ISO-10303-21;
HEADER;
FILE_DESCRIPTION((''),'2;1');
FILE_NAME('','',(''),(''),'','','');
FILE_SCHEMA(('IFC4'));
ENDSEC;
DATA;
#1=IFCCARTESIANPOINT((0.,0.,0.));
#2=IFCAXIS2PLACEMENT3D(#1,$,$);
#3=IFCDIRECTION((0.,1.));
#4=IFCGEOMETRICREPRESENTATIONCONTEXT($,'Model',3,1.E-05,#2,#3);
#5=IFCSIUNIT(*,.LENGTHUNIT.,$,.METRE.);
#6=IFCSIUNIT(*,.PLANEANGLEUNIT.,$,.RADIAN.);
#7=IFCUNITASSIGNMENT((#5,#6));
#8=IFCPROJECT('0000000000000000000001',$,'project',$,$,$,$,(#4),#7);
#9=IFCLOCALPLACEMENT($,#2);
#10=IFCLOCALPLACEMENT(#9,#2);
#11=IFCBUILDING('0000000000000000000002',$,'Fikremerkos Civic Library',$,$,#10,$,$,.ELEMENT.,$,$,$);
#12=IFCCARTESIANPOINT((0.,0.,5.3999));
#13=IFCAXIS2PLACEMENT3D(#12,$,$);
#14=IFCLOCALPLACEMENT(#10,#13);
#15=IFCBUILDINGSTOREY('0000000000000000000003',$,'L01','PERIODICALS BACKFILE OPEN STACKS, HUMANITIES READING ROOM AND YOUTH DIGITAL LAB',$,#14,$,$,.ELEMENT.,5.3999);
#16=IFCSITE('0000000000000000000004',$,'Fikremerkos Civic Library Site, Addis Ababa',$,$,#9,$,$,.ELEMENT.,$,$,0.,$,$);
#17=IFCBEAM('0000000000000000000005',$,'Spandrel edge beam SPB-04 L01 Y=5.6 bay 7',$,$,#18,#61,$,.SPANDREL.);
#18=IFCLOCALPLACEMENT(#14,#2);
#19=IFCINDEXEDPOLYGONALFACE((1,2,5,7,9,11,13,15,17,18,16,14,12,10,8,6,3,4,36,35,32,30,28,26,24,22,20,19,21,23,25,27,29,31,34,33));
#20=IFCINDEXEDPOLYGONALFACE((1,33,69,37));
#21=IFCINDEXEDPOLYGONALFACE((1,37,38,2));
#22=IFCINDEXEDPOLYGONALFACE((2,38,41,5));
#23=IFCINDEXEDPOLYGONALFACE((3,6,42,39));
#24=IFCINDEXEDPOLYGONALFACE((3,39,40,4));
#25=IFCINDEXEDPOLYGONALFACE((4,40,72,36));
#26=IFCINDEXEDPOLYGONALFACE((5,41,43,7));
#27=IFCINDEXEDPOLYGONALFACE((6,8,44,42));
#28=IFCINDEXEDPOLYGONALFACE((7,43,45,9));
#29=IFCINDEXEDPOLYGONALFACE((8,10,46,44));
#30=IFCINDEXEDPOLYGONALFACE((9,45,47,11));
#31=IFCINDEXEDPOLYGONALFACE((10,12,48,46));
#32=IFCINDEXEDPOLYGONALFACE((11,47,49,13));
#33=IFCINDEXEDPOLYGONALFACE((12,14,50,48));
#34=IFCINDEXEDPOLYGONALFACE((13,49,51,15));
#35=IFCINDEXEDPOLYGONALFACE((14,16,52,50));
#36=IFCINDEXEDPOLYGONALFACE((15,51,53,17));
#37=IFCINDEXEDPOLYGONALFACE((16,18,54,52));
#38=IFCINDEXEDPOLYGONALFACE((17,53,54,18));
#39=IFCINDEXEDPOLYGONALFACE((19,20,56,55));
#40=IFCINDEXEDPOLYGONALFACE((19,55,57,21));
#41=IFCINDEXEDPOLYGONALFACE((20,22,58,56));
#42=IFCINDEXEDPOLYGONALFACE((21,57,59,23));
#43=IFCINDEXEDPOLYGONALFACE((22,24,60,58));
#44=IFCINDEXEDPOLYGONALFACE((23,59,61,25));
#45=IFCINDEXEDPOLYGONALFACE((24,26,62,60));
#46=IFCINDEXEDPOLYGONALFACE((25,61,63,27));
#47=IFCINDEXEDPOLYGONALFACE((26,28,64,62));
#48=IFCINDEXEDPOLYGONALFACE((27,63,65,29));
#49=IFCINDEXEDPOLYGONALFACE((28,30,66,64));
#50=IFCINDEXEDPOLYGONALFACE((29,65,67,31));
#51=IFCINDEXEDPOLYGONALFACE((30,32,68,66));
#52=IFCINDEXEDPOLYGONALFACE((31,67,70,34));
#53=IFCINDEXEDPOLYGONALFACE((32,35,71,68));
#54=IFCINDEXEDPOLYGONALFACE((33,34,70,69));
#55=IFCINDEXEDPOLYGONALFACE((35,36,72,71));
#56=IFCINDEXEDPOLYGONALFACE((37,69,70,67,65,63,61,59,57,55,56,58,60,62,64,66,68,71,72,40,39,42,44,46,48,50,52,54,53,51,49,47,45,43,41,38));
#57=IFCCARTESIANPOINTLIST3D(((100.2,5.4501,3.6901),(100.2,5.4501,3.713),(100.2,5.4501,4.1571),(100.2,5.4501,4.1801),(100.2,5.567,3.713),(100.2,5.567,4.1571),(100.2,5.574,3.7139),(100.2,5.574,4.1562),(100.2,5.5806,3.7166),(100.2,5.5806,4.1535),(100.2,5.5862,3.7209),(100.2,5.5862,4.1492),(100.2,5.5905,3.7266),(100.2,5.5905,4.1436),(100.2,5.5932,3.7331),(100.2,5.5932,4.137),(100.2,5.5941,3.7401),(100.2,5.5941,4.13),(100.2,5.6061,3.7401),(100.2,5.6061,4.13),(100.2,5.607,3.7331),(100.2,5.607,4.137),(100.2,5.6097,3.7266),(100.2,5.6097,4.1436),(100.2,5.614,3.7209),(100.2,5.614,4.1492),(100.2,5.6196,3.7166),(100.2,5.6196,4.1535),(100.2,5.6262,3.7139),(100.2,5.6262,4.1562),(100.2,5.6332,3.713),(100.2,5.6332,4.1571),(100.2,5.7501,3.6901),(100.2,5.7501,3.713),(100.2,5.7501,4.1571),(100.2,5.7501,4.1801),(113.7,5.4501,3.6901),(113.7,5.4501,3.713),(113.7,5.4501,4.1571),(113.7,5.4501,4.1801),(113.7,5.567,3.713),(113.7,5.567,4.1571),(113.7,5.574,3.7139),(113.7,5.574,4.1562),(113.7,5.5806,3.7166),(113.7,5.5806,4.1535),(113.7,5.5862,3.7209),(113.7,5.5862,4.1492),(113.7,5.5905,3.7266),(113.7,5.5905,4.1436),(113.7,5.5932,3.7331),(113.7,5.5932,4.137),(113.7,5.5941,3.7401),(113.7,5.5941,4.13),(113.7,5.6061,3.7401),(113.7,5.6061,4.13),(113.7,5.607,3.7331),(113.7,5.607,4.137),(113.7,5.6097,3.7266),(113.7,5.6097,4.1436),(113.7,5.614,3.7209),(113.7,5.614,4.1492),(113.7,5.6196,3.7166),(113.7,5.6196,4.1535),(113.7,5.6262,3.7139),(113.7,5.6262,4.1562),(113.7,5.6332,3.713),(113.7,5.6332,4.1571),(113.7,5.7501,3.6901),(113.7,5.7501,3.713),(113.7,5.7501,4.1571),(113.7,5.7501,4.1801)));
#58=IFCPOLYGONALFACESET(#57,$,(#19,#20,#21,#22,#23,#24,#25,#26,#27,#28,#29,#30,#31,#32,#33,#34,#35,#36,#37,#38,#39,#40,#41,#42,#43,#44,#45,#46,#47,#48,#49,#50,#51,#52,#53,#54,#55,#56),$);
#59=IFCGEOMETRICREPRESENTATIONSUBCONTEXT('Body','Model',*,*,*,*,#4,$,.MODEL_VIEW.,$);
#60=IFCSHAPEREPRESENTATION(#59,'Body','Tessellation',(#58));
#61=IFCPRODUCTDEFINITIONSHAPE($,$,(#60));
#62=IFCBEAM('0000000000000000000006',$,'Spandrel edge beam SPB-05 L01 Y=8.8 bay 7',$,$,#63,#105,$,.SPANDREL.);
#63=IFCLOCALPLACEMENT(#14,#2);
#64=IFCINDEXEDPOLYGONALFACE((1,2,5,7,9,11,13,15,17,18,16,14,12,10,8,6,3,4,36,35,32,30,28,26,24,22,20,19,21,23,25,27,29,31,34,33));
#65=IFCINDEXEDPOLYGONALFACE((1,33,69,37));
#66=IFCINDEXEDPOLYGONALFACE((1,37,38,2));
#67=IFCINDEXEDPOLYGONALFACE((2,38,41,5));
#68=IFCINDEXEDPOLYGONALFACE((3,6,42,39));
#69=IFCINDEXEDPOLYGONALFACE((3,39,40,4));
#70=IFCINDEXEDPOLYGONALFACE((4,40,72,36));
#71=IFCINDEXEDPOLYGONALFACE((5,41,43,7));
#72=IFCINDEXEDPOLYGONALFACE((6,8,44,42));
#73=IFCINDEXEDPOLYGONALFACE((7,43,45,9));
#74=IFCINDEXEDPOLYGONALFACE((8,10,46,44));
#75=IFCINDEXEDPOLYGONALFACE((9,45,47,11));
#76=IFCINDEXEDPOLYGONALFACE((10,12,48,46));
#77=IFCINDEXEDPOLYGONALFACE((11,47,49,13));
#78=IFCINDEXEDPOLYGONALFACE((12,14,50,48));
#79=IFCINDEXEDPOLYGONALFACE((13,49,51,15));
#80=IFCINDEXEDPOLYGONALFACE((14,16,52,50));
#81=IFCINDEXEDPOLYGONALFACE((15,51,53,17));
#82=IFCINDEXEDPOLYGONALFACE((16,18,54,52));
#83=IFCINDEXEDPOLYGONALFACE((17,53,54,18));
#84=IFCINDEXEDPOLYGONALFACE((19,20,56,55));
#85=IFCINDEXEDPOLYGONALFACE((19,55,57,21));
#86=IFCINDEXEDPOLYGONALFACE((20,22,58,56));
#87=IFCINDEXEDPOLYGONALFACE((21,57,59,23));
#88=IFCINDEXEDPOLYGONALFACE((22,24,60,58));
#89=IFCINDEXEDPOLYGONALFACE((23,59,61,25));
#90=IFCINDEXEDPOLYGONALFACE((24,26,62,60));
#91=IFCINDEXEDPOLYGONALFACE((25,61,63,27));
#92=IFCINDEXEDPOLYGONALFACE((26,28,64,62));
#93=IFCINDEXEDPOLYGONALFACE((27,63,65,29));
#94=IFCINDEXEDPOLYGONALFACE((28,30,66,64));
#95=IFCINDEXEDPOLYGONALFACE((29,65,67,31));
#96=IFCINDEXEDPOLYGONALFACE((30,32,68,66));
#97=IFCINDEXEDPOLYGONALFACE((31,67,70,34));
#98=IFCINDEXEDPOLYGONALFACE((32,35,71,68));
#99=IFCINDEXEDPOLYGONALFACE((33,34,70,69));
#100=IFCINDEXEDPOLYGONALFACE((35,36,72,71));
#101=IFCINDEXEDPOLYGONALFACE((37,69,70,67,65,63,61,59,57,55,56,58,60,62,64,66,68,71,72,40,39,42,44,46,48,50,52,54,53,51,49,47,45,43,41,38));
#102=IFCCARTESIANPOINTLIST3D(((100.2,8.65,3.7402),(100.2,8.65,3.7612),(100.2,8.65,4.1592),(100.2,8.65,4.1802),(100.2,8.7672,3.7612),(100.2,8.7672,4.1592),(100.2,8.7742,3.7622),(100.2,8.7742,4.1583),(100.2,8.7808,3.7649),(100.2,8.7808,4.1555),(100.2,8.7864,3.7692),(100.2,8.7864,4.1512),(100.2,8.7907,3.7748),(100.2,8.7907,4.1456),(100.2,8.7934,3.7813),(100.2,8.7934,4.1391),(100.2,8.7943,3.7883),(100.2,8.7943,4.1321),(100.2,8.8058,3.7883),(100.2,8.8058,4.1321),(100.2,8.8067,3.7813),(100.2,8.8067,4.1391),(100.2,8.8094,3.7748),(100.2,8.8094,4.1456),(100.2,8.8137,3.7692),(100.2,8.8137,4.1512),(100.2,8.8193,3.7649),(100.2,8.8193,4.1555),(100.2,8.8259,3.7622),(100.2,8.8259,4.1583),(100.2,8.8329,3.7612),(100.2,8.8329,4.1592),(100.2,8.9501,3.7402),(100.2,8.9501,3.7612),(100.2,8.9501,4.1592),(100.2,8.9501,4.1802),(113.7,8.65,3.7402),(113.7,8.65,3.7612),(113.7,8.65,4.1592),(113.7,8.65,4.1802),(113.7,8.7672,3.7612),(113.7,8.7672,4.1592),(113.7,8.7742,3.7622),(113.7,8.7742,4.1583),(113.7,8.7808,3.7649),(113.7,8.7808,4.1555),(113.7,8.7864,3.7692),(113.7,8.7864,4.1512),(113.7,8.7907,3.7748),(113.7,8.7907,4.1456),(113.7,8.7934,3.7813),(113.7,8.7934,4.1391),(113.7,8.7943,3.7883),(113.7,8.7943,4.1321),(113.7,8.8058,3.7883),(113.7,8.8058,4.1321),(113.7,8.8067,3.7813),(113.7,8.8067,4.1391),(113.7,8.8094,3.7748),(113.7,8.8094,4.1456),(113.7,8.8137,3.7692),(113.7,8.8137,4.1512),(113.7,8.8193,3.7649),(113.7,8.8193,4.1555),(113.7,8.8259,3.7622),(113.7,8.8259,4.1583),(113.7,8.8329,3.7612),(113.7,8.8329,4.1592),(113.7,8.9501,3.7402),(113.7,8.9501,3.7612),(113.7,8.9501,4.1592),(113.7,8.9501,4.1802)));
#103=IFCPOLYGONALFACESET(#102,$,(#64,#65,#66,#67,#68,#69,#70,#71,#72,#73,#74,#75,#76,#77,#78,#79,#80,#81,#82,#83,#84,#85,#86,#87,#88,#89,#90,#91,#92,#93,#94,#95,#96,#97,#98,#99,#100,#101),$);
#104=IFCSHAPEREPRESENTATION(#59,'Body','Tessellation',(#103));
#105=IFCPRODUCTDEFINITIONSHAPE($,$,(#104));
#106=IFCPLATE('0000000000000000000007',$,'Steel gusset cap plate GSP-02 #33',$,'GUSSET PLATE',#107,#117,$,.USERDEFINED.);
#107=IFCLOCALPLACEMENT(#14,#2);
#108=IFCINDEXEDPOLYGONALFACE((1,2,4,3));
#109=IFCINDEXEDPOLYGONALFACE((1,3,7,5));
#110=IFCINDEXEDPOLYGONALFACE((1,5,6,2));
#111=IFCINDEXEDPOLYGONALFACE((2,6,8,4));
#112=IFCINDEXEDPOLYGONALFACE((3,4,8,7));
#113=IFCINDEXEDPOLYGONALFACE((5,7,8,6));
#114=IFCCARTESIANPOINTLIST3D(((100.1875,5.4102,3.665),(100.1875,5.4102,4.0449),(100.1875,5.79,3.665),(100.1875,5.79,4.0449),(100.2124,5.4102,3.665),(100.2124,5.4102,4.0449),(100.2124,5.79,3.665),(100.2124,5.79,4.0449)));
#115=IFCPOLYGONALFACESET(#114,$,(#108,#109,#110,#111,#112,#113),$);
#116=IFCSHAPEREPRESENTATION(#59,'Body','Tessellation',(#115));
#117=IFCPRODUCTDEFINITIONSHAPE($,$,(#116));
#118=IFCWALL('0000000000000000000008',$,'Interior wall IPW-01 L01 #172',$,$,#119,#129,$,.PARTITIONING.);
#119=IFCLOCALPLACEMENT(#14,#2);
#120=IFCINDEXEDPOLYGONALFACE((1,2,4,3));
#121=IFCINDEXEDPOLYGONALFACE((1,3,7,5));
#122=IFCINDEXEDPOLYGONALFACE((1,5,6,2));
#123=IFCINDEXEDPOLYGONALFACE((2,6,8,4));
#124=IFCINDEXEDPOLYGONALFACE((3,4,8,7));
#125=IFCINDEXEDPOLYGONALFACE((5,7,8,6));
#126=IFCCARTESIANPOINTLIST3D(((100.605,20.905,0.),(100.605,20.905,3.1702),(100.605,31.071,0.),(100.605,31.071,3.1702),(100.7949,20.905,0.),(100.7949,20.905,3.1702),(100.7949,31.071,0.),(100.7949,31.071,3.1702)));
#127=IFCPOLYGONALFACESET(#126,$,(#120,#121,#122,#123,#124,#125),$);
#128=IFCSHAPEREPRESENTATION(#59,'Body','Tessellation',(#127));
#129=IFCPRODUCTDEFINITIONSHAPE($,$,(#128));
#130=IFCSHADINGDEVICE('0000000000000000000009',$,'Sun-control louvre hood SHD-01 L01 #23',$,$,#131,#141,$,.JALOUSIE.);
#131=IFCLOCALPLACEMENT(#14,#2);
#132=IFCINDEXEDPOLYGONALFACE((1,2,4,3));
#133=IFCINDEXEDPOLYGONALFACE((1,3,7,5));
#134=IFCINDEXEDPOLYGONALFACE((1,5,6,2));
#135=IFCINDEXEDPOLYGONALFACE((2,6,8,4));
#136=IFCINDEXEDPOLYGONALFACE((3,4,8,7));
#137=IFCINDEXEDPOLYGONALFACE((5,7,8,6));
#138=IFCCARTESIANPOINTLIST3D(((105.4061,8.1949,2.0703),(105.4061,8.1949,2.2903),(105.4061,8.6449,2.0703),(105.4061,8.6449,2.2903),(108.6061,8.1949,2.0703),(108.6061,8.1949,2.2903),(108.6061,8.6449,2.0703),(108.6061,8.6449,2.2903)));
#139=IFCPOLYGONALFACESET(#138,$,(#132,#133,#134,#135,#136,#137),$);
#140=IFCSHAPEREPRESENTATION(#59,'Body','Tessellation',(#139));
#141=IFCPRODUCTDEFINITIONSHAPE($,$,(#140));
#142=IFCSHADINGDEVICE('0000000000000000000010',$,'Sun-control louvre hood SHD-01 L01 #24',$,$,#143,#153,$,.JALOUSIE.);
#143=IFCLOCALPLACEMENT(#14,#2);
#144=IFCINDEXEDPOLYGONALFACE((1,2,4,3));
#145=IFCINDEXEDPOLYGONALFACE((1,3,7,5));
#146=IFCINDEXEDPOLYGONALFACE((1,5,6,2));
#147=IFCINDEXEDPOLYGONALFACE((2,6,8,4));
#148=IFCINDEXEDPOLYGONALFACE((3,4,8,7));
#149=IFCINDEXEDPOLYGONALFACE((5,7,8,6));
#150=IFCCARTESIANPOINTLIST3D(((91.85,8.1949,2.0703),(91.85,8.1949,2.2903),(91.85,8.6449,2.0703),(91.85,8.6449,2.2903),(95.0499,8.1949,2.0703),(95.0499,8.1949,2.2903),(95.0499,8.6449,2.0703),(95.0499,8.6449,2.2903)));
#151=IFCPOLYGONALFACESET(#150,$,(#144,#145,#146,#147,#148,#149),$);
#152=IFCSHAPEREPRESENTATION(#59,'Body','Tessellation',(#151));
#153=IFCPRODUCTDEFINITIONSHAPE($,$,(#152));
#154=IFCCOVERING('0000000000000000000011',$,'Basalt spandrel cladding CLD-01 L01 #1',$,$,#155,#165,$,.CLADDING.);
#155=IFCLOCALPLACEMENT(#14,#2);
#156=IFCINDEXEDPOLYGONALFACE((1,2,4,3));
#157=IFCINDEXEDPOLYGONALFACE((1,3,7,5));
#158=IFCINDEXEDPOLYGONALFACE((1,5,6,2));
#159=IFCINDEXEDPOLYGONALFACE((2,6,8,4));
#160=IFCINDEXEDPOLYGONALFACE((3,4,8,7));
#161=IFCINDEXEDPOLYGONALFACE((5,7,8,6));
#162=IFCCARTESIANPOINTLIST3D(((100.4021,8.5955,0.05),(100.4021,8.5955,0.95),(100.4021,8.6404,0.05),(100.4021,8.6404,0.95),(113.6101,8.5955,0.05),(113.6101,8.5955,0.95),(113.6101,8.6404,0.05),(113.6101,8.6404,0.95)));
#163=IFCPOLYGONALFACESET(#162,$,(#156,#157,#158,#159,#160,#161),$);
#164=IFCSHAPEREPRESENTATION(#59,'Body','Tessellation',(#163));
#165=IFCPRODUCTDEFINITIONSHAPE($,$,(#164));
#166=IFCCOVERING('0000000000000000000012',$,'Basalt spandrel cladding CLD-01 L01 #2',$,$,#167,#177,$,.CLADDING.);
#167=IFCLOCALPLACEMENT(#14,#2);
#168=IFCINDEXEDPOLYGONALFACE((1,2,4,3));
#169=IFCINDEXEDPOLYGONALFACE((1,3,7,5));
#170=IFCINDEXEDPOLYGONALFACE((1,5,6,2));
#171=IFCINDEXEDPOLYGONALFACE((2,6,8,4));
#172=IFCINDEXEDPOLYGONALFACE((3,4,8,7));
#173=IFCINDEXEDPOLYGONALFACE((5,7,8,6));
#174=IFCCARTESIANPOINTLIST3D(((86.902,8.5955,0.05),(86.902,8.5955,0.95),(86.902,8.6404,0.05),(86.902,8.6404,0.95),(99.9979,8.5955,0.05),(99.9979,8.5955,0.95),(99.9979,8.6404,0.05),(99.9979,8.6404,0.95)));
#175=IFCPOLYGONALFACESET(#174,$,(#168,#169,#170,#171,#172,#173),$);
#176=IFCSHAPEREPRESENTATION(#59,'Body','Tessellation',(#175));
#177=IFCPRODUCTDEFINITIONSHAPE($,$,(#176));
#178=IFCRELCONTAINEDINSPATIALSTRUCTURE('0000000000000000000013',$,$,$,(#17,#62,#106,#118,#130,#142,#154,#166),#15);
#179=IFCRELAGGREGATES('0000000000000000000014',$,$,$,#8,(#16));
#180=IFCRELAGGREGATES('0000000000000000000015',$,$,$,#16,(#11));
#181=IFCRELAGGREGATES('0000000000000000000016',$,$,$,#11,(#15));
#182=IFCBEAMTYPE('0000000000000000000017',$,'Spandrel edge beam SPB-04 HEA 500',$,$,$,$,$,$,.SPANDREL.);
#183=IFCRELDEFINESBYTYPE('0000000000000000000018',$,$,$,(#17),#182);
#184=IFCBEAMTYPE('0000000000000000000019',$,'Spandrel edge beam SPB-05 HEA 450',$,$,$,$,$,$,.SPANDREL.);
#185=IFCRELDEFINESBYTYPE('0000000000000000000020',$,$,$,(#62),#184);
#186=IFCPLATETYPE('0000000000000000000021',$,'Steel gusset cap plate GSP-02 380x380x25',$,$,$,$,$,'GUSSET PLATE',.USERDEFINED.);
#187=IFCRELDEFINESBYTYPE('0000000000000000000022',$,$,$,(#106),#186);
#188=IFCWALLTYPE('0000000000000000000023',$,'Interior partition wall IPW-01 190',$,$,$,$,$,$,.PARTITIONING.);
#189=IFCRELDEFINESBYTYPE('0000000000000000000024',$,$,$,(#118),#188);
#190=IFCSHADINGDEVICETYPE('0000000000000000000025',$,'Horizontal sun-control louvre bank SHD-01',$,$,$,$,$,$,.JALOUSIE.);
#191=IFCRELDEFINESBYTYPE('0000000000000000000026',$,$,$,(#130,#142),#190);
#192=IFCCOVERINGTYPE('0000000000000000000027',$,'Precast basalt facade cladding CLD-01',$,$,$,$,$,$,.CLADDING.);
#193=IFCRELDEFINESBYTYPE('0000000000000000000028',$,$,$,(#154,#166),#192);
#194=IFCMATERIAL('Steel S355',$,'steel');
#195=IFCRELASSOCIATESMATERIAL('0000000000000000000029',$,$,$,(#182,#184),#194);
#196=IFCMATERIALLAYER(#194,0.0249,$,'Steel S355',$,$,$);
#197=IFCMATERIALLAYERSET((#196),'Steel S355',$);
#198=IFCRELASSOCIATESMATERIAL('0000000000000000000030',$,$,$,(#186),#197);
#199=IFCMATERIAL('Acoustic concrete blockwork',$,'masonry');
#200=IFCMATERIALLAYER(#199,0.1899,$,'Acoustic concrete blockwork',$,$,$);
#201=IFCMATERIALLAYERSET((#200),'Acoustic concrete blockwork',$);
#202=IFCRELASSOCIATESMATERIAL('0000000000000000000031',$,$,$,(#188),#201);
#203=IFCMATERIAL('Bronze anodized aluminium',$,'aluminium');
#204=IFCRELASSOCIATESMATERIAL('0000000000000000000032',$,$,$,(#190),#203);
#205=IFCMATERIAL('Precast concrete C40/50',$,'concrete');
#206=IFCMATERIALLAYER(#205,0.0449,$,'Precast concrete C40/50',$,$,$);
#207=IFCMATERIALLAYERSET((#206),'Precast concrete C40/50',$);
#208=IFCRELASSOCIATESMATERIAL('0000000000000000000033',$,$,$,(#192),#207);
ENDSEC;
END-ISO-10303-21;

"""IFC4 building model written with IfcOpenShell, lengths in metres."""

from ifc_helpers import new_model, si_unit, direction, frame, frame_2d, origin, origin_2d, place, context, subcontext, project, spatial, rectangle, i_section, extrude, material, layer, layer_set, material_profile, profile_set, type_object, element, save


model = new_model("IFC4")

# Units and contexts
model_context = context("Model", 3, precision=1e-05, world=origin(), true_north=direction((0.0, 1.0)))
body_context = subcontext(model_context, "Body", "Model", "MODEL_VIEW")
ifc_project = project(units=[si_unit("LENGTHUNIT", "METRE"), si_unit("PLANEANGLEUNIT", "RADIAN")], contexts=[model_context])

# Site, building, storey
site_placement = place(None, origin())
site = spatial("IfcSite", under=ifc_project, at=site_placement, Name="Fikremerkos Civic Library Site, Addis Ababa", CompositionType="ELEMENT", RefElevation=0.0)
building_placement = place(site_placement, origin())
building = spatial("IfcBuilding", under=site, at=building_placement, Name="Fikremerkos Civic Library", CompositionType="ELEMENT")
storey_placement = place(building_placement, frame((0.0, 0.0, 5.3999)))
storey = spatial("IfcBuildingStorey", under=building, at=storey_placement, Name="L01", Description="PERIODICALS BACKFILE OPEN STACKS, HUMANITIES READING ROOM AND YOUTH DIGITAL LAB", CompositionType="ELEMENT", Elevation=5.3999)

# Shared definitions
ifc_material_1 = material(Name="Steel S355", Category="steel")

# Beams
ifc_material_profile_1 = material_profile(ifc_material_1, i_section(OverallWidth=0.3, OverallDepth=0.49, WebThickness=0.012, FlangeThickness=0.0229, FilletRadius=0.0271, at=origin_2d()), Name="HEA 500")
ifc_profile_set_1 = profile_set([ifc_material_profile_1], Name="Steel S355")
beam_type_1 = type_object("IfcBeamType", Name="Spandrel edge beam SPB-04 HEA 500", PredefinedType="SPANDREL", material=ifc_profile_set_1)
beam_1_placement = place(storey_placement, frame((100.2, 5.6001, 3.9351), z_axis=(1.0, 0.0, 0.0), x_axis=(0.0, 1.0, 0.0)))
element("IfcBeam", 1, at=beam_1_placement, inside=storey, type_object=beam_type_1, Name="Spandrel edge beam SPB-04 L01 Y=5.6 bay 7", PredefinedType="SPANDREL", context=body_context, shape_type="SweptSolid", body=[
    extrude(i_section(OverallWidth=0.3, OverallDepth=0.49, WebThickness=0.012, FlangeThickness=0.0229, FilletRadius=0.0271, at=origin_2d()), origin(), (0.0, 0.0, 1.0), 13.5),
])
ifc_material_profile_2 = material_profile(ifc_material_1, i_section(OverallWidth=0.3, OverallDepth=0.4399, WebThickness=0.0115, FlangeThickness=0.021, FilletRadius=0.0271, at=origin_2d()), Name="HEA 450")
ifc_profile_set_2 = profile_set([ifc_material_profile_2], Name="Steel S355")
beam_type_2 = type_object("IfcBeamType", Name="Spandrel edge beam SPB-05 HEA 450", PredefinedType="SPANDREL", material=ifc_profile_set_2)
beam_2_placement = place(storey_placement, frame((100.2, 8.8, 3.9602), z_axis=(1.0, 0.0, 0.0), x_axis=(0.0, 1.0, 0.0)))
element("IfcBeam", 2, at=beam_2_placement, inside=storey, type_object=beam_type_2, Name="Spandrel edge beam SPB-05 L01 Y=8.8 bay 7", PredefinedType="SPANDREL", context=body_context, shape_type="SweptSolid", body=[
    extrude(i_section(OverallWidth=0.3, OverallDepth=0.4399, WebThickness=0.0115, FlangeThickness=0.021, FilletRadius=0.0271, at=origin_2d()), origin(), (0.0, 0.0, 1.0), 13.5),
])

# Plate
ifc_layer_1 = layer(ifc_material_1, 0.0249, Name="Steel S355")
ifc_layer_set_1 = layer_set([ifc_layer_1], Name="Steel S355")
plate_type = type_object("IfcPlateType", Name="Steel gusset cap plate GSP-02 380x380x25", ElementType="GUSSET PLATE", PredefinedType="USERDEFINED", material=ifc_layer_set_1)
plate_placement = place(storey_placement, frame((100.2, 5.6001, 3.665), z_axis=(0.0, 0.0, 1.0), x_axis=(1.0, 0.0, 0.0)))
element("IfcPlate", 3, at=plate_placement, inside=storey, type_object=plate_type, Name="Steel gusset cap plate GSP-02 #33", ObjectType="GUSSET PLATE", PredefinedType="USERDEFINED", context=body_context, shape_type="SweptSolid", body=[
    extrude(rectangle(XDim=0.0249, YDim=0.3799, at=origin_2d()), origin(), (0.0, 0.0, 1.0), 0.3799),
])

# Shared definitions
ifc_material_2 = material(Name="Precast concrete C40/50", Category="concrete")

# Wall
ifc_material_3 = material(Name="Acoustic concrete blockwork", Category="masonry")
ifc_layer_2 = layer(ifc_material_3, 0.1899, Name="Acoustic concrete blockwork")
ifc_layer_set_2 = layer_set([ifc_layer_2], Name="Acoustic concrete blockwork")
wall_type_1 = type_object("IfcWallType", Name="Interior partition wall IPW-01 190", PredefinedType="PARTITIONING", material=ifc_layer_set_2)
wall_1_placement = place(storey_placement, frame((100.7, 20.905, 0.0), z_axis=(0.0, 0.0, 1.0), x_axis=(0.0, 1.0, 0.0)))
element("IfcWall", 4, at=wall_1_placement, inside=storey, type_object=wall_type_1, Name="Interior wall IPW-01 L01 #172", PredefinedType="PARTITIONING", context=body_context, shape_type="SweptSolid", body=[
    extrude(rectangle(XDim=10.166, YDim=0.1899, at=frame_2d((5.083, 0.0))), origin(), (0.0, 0.0, 1.0), 3.1702),
])

# Shading devices
ifc_material_4 = material(Name="Bronze anodized aluminium", Category="aluminium")
shading_device_type = type_object("IfcShadingDeviceType", Name="Horizontal sun-control louvre bank SHD-01", PredefinedType="JALOUSIE", material=ifc_material_4)
for number, where, z_axis, x_axis, name in (
    (5, (107.0061, 8.4199, 2.0703), (0.0, 0.0, 1.0), (1.0, 0.0, 0.0), "Sun-control louvre hood SHD-01 L01 #23"),
    (6, (93.45, 8.4199, 2.0703), (0.0, 0.0, 1.0), (1.0, 0.0, 0.0), "Sun-control louvre hood SHD-01 L01 #24"),
):
    element("IfcShadingDevice", number, at=place(storey_placement, frame(where, z_axis=z_axis, x_axis=x_axis)), inside=storey, type_object=shading_device_type, Name=name, PredefinedType="JALOUSIE", context=body_context, shape_type="SweptSolid", body=[
        extrude(rectangle(XDim=3.2, YDim=0.45, at=origin_2d()), origin(), (0.0, 0.0, 1.0), 0.22),
    ])

# Coverings
ifc_layer_3 = layer(ifc_material_2, 0.0449, Name="Precast concrete C40/50")
ifc_layer_set_3 = layer_set([ifc_layer_3], Name="Precast concrete C40/50")
covering_type = type_object("IfcCoveringType", Name="Precast basalt facade cladding CLD-01", PredefinedType="CLADDING", material=ifc_layer_set_3)
covering_1_placement = place(storey_placement, frame((107.0061, 8.6179, 0.05), z_axis=(0.0, 0.0, 1.0), x_axis=(1.0, 0.0, 0.0)))
element("IfcCovering", 7, at=covering_1_placement, inside=storey, type_object=covering_type, Name="Basalt spandrel cladding CLD-01 L01 #1", PredefinedType="CLADDING", context=body_context, shape_type="SweptSolid", body=[
    extrude(rectangle(XDim=13.208, YDim=0.0449, at=origin_2d()), origin(), (0.0, 0.0, 1.0), 0.8999),
])
covering_2_placement = place(storey_placement, frame((93.45, 8.6179, 0.05), z_axis=(0.0, 0.0, 1.0), x_axis=(1.0, 0.0, 0.0)))
element("IfcCovering", 8, at=covering_2_placement, inside=storey, type_object=covering_type, Name="Basalt spandrel cladding CLD-01 L01 #2", PredefinedType="CLADDING", context=body_context, shape_type="SweptSolid", body=[
    extrude(rectangle(XDim=13.0959, YDim=0.0449, at=origin_2d()), origin(), (0.0, 0.0, 1.0), 0.8999),
])

save(model, "model.ifc")
